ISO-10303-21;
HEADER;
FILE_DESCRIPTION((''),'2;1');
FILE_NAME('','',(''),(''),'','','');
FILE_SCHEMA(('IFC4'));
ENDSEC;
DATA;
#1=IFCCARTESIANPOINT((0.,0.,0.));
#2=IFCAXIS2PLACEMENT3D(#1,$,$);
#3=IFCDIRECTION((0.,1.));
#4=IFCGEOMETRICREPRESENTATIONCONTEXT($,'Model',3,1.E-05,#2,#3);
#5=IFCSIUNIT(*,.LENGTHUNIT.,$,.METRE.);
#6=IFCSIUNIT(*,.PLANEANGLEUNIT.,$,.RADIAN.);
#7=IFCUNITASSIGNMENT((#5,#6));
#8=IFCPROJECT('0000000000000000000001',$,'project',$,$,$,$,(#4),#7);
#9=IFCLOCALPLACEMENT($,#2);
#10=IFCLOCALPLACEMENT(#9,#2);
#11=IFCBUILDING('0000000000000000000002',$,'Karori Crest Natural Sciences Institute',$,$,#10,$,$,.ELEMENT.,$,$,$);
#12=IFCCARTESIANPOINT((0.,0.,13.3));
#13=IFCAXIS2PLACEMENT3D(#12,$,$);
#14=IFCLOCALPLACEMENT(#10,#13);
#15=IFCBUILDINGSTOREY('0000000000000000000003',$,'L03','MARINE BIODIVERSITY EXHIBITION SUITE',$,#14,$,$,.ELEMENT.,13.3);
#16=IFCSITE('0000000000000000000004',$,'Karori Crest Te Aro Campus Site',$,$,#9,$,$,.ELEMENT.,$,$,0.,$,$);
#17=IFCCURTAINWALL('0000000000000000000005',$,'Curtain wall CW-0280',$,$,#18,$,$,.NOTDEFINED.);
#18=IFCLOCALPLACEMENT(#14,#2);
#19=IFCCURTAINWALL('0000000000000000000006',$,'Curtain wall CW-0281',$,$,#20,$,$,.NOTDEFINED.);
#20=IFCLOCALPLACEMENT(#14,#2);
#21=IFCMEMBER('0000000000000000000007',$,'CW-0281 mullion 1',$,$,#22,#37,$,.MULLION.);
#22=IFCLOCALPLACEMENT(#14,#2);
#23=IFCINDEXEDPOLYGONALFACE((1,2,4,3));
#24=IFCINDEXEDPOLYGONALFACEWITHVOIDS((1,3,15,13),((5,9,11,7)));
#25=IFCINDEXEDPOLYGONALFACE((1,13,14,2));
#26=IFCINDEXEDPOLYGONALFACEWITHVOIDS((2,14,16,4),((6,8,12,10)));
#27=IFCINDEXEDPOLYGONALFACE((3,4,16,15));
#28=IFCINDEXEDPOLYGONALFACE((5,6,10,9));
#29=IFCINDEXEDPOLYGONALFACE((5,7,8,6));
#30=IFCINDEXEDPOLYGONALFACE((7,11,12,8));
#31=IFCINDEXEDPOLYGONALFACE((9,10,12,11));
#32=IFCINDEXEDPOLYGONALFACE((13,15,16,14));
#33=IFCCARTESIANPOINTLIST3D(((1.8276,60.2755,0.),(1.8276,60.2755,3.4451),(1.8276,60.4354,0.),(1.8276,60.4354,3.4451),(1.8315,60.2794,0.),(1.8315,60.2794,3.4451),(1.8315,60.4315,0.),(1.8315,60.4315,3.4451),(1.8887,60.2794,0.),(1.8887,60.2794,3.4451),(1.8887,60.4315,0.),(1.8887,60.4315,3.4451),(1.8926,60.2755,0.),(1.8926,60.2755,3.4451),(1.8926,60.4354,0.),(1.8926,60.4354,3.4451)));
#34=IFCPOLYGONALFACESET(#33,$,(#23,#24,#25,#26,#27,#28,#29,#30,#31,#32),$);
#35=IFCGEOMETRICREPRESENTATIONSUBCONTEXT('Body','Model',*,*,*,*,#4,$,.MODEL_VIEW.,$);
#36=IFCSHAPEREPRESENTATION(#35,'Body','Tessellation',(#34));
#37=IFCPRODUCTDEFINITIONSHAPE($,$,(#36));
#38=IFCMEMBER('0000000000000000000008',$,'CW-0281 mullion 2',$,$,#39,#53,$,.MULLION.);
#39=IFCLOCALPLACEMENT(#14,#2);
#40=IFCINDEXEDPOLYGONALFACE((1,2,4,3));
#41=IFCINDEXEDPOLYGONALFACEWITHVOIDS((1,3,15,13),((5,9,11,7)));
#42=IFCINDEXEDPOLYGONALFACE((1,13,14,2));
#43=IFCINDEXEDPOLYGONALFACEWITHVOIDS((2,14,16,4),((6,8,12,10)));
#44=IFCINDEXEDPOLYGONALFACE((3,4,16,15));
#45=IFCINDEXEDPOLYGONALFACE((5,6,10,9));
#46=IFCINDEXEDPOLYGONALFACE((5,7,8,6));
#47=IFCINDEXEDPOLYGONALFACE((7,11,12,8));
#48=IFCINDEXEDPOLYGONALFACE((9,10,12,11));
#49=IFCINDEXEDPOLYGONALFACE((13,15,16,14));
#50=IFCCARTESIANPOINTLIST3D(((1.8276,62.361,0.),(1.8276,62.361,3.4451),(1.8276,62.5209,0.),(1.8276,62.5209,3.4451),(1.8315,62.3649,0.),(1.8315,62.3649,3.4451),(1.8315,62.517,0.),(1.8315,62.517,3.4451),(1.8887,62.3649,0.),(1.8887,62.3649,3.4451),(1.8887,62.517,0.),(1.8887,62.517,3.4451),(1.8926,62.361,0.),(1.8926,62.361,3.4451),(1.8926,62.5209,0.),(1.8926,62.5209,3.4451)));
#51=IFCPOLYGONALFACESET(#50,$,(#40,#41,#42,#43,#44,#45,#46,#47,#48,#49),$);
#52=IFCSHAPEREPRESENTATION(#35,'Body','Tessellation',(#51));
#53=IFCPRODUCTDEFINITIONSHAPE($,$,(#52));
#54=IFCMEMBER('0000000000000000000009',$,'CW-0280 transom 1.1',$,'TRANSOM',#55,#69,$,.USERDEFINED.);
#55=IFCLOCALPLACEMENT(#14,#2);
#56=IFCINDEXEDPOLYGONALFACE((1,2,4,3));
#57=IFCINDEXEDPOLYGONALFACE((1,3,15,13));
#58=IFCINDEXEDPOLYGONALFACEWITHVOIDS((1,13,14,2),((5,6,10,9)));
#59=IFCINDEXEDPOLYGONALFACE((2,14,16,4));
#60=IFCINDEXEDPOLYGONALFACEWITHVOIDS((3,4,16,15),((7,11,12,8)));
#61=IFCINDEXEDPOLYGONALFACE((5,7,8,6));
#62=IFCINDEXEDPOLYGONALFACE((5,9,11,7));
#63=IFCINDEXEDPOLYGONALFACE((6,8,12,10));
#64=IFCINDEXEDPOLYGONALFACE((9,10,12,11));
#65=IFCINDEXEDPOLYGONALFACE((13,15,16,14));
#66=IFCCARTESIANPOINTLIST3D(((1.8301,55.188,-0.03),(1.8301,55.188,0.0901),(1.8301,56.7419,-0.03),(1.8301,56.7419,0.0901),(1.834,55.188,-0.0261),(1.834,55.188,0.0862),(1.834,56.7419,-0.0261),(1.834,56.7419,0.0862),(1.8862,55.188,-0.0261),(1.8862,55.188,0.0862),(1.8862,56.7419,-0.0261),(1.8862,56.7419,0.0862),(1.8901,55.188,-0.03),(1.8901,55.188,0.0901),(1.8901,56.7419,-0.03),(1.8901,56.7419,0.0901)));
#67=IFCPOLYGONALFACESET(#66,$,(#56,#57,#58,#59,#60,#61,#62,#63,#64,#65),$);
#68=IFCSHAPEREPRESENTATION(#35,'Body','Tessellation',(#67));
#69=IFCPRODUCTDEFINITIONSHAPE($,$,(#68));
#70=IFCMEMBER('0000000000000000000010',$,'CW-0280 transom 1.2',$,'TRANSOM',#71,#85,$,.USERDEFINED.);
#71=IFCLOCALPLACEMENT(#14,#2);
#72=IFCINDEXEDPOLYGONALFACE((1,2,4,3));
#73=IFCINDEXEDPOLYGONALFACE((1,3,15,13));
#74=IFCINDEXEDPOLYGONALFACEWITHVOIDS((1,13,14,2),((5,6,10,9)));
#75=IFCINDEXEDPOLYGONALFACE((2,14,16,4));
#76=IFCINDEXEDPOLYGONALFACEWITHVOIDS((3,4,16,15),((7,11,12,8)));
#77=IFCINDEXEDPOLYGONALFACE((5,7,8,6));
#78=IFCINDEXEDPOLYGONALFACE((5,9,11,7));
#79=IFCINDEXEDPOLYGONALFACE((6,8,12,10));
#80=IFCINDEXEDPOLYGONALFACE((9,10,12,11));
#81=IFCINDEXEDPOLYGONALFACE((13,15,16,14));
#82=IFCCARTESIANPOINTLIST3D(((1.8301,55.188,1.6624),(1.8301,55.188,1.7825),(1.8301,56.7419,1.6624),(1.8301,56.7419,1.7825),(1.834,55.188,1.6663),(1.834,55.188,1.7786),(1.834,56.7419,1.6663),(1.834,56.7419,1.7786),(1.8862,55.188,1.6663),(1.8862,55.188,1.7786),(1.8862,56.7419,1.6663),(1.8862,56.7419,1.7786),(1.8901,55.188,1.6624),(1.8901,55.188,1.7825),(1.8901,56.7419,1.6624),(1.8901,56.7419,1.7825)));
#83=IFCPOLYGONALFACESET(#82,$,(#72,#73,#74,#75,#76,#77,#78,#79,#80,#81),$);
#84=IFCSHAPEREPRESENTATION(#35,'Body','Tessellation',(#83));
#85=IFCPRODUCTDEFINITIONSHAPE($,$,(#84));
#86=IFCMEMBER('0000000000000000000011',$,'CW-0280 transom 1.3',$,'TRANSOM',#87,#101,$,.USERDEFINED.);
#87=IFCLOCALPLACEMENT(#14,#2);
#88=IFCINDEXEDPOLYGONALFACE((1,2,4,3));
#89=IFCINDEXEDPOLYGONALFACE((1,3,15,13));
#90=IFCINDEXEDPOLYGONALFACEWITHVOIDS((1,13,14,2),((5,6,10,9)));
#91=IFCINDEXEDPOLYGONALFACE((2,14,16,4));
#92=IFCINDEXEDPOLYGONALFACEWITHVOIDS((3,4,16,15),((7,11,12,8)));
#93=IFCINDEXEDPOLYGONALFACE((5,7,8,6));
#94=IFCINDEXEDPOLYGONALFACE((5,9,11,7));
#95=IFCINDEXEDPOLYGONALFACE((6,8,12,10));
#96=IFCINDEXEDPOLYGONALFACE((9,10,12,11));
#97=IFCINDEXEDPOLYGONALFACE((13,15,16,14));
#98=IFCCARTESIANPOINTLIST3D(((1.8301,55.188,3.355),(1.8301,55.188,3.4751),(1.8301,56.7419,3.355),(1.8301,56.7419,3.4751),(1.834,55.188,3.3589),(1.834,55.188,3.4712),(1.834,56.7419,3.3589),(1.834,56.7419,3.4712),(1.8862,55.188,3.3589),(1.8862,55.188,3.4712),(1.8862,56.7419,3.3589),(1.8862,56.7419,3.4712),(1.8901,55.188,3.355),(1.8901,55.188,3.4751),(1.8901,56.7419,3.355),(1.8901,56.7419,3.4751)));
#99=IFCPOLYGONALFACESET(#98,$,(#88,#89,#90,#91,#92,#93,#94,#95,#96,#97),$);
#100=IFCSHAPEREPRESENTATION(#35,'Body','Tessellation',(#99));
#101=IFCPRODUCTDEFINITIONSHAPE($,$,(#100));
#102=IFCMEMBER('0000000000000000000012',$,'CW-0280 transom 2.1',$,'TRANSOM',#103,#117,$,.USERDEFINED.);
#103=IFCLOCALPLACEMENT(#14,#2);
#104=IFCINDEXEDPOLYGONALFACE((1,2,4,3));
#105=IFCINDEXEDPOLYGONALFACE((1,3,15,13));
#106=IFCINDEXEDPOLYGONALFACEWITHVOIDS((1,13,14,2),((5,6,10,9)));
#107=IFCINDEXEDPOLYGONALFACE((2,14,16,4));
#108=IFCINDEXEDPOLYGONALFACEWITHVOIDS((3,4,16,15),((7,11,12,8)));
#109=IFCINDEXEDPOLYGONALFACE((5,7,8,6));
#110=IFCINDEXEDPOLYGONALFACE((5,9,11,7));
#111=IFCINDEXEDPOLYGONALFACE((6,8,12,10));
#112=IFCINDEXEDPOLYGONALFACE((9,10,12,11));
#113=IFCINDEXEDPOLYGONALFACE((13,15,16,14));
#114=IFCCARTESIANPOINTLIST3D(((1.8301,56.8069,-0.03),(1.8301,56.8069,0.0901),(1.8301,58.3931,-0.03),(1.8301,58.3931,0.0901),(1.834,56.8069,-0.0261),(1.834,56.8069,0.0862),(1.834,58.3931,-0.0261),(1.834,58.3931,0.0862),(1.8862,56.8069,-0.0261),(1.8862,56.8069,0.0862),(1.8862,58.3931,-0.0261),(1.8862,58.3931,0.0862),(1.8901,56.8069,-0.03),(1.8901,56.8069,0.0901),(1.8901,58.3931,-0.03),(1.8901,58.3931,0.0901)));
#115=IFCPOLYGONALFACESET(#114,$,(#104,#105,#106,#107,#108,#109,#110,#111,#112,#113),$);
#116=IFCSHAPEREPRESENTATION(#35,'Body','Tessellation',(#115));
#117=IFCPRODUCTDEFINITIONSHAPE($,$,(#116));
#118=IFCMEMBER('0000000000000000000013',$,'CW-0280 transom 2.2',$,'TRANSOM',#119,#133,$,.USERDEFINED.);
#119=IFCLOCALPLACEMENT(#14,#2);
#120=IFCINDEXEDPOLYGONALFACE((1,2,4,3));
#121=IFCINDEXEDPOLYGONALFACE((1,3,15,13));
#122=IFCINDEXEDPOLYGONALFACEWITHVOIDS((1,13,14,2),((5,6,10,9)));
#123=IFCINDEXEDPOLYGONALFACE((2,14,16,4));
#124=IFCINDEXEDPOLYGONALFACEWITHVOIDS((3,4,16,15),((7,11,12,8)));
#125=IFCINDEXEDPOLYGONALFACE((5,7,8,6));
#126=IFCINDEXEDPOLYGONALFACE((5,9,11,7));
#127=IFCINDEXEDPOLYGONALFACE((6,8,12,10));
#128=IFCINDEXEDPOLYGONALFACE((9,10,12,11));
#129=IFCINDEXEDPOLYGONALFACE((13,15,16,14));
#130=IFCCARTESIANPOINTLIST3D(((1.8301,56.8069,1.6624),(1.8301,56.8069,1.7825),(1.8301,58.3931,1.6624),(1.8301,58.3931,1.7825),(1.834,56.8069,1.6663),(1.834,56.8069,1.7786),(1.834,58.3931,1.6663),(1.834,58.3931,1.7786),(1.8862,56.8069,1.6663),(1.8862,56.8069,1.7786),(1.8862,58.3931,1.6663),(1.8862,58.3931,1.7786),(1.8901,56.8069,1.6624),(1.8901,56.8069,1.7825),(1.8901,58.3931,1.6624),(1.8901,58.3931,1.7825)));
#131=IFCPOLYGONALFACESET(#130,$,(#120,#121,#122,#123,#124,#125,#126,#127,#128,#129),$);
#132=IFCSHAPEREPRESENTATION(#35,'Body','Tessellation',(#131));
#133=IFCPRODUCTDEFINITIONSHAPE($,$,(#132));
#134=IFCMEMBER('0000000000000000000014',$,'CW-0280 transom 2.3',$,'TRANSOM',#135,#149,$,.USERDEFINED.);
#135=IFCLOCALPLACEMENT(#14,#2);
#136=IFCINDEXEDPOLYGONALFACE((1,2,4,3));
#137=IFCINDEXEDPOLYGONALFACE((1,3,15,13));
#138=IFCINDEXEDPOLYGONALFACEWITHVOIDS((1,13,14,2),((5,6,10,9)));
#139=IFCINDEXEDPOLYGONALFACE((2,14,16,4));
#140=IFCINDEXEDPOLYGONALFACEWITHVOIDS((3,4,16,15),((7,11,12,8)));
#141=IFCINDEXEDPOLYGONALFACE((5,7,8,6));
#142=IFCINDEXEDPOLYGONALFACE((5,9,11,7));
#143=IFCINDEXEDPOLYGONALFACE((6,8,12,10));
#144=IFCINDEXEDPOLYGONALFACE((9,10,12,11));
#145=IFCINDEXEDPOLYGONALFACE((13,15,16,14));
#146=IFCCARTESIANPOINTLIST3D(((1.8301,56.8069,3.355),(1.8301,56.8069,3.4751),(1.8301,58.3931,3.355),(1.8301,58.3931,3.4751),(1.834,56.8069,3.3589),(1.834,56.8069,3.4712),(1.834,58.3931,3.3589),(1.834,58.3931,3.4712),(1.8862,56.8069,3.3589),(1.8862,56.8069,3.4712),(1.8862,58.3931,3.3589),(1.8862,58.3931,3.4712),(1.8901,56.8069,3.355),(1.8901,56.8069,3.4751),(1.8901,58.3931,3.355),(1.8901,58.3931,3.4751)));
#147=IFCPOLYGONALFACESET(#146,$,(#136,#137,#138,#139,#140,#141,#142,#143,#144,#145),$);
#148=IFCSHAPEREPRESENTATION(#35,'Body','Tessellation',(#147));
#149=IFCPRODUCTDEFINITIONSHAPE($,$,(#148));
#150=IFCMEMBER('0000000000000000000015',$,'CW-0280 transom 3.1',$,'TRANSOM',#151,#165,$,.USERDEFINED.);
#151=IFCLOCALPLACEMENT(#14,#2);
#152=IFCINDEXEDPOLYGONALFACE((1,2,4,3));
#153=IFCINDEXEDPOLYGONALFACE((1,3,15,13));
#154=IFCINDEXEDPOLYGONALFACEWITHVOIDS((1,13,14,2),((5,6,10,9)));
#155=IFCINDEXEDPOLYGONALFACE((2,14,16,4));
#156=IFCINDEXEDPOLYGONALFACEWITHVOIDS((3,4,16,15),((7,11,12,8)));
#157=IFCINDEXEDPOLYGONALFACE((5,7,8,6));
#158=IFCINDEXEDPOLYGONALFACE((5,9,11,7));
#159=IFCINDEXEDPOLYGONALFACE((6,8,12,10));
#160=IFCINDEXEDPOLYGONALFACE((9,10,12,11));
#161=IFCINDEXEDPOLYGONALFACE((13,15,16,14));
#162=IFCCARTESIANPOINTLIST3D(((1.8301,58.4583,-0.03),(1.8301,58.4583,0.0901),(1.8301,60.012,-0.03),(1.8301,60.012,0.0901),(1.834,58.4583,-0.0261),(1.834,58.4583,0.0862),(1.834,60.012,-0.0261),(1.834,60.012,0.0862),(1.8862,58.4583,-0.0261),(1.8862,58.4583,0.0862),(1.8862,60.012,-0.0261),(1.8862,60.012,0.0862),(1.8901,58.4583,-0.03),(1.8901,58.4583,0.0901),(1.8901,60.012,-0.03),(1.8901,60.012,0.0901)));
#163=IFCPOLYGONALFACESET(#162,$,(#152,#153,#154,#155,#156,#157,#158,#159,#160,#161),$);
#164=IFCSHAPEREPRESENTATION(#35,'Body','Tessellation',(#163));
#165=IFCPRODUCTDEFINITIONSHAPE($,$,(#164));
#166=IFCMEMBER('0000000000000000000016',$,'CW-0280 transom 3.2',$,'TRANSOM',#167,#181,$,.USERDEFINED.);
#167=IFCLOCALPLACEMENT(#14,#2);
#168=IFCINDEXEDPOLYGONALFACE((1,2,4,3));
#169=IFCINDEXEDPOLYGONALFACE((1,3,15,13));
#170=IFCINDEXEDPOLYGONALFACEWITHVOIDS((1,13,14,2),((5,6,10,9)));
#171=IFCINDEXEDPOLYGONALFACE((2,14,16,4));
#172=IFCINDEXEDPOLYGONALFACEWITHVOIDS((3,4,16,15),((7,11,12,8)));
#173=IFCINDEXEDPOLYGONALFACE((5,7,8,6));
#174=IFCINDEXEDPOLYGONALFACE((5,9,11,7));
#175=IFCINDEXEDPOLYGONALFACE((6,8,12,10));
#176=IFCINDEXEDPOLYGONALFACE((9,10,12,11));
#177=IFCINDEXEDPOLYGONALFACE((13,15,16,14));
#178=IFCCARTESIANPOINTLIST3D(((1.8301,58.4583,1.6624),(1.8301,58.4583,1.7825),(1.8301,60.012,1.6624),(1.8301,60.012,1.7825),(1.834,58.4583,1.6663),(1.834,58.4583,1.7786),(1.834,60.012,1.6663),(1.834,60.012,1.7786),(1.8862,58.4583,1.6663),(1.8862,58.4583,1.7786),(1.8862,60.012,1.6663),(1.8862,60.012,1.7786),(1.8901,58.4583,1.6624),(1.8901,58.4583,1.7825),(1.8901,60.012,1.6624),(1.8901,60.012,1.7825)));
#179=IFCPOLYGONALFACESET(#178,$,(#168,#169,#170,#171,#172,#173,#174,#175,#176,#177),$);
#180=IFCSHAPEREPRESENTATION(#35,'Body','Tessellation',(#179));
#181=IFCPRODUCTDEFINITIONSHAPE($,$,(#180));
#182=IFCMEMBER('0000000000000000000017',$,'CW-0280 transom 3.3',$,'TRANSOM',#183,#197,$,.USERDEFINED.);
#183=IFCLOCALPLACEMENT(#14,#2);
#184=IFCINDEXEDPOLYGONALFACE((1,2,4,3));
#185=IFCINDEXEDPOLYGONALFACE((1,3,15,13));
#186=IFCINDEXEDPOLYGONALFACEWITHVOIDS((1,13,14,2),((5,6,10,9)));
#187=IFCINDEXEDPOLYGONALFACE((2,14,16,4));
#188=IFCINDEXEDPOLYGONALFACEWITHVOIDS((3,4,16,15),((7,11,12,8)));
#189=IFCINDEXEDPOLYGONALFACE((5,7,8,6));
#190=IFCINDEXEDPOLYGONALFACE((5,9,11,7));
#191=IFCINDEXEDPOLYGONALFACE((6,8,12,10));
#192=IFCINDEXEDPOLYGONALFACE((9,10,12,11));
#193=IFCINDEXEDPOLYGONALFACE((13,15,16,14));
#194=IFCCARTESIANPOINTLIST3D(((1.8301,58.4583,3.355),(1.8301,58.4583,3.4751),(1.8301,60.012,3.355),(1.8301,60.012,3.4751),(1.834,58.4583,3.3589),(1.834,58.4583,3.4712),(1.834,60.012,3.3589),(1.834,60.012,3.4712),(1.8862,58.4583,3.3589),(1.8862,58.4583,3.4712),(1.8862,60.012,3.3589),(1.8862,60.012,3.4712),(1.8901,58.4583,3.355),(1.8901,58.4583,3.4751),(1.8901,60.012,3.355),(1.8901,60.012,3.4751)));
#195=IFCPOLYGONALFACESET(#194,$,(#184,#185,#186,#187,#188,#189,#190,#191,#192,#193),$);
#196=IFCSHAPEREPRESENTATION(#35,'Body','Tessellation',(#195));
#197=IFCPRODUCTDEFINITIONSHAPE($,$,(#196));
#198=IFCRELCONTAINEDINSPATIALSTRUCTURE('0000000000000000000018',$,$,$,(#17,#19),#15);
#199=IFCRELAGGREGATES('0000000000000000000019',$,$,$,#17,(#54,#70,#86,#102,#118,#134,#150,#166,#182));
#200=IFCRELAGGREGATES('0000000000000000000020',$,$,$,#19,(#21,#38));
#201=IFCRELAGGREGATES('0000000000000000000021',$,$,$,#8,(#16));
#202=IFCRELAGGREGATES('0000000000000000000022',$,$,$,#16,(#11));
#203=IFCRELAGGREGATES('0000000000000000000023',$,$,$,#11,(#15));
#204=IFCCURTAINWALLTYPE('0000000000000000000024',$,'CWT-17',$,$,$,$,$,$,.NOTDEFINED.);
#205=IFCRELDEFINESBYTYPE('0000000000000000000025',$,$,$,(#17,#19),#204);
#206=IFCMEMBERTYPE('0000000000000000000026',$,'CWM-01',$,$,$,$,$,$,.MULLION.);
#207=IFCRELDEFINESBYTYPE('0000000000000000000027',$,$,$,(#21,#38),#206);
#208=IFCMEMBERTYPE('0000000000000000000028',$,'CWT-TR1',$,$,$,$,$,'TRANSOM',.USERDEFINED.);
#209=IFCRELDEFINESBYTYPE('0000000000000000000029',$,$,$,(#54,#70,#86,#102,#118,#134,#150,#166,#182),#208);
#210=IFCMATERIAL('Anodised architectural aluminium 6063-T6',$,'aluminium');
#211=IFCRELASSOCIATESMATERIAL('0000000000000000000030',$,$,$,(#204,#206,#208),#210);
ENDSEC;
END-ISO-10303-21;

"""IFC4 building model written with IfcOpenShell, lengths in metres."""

from ifc_helpers import new_model, si_unit, direction, frame, origin, origin_2d, place, context, subcontext, project, spatial, hollow_rectangle, extrude, material, material_profile, profile_set, type_object, element, aggregate, save


model = new_model("IFC4")

# Units and contexts
model_context = context("Model", 3, precision=1e-05, world=origin(), true_north=direction((0.0, 1.0)))
body_context = subcontext(model_context, "Body", "Model", "MODEL_VIEW")
ifc_project = project(units=[si_unit("LENGTHUNIT", "METRE"), si_unit("PLANEANGLEUNIT", "RADIAN")], contexts=[model_context])

# Site, building, storey
site_placement = place(None, origin())
site = spatial("IfcSite", under=ifc_project, at=site_placement, Name="Karori Crest Te Aro Campus Site", CompositionType="ELEMENT", RefElevation=0.0)
building_placement = place(site_placement, origin())
building = spatial("IfcBuilding", under=site, at=building_placement, Name="Karori Crest Natural Sciences Institute", CompositionType="ELEMENT")
storey_placement = place(building_placement, frame((0.0, 0.0, 13.3)))
storey = spatial("IfcBuildingStorey", under=building, at=storey_placement, Name="L03", Description="MARINE BIODIVERSITY EXHIBITION SUITE", CompositionType="ELEMENT", Elevation=13.3)

# Curtain walls, members
ifc_material_1 = material(Name="Anodised architectural aluminium 6063-T6", Category="aluminium")
curtain_wall_type = type_object("IfcCurtainWallType", Name="CWT-17", PredefinedType="NOTDEFINED", material=ifc_material_1)
curtain_wall_1_placement = place(storey_placement, origin())
curtain_wall_1 = element("IfcCurtainWall", 1, at=curtain_wall_1_placement, inside=storey, type_object=curtain_wall_type, Name="Curtain wall CW-0280", PredefinedType="NOTDEFINED")
ifc_material_profile_1 = material_profile(ifc_material_1, hollow_rectangle(XDim=0.0649, YDim=0.1599, WallThickness=0.0039, at=origin_2d()), Name="CWM160x65x4")
ifc_profile_set_1 = profile_set([ifc_material_profile_1], Name="Anodised architectural aluminium 6063-T6")
member_type_1 = type_object("IfcMemberType", Name="CWM-01", PredefinedType="MULLION", material=ifc_profile_set_1)
curtain_wall_2_placement = place(storey_placement, origin())
curtain_wall_2 = element("IfcCurtainWall", 2, at=curtain_wall_2_placement, inside=storey, type_object=curtain_wall_type, Name="Curtain wall CW-0281", PredefinedType="NOTDEFINED")
member_1_placement = place(storey_placement, frame((1.8601, 60.3555, 0.0), z_axis=(0.0, 0.0, 1.0), x_axis=(-1.0, 0.0, 0.0)))
member_1 = element("IfcMember", 3, at=member_1_placement, type_object=member_type_1, Name="CW-0281 mullion 1", PredefinedType="MULLION", context=body_context, shape_type="SweptSolid", body=[
    extrude(hollow_rectangle(XDim=0.0649, YDim=0.1599, WallThickness=0.0039, at=origin_2d()), origin(), (0.0, 0.0, 1.0), 3.4451),
])
member_2_placement = place(storey_placement, frame((1.8601, 62.4409, 0.0), z_axis=(0.0, 0.0, 1.0), x_axis=(-1.0, 0.0, 0.0)))
member_2 = element("IfcMember", 4, at=member_2_placement, type_object=member_type_1, Name="CW-0281 mullion 2", PredefinedType="MULLION", context=body_context, shape_type="SweptSolid", body=[
    extrude(hollow_rectangle(XDim=0.0649, YDim=0.1599, WallThickness=0.0039, at=origin_2d()), origin(), (0.0, 0.0, 1.0), 3.4451),
])

# Members
ifc_material_profile_2 = material_profile(ifc_material_1, hollow_rectangle(XDim=0.0601, YDim=0.1201, WallThickness=0.0039, at=origin_2d()), Name="CWT120x60x4")
ifc_profile_set_2 = profile_set([ifc_material_profile_2], Name="Anodised architectural aluminium 6063-T6")
member_type_2 = type_object("IfcMemberType", Name="CWT-TR1", ElementType="TRANSOM", PredefinedType="USERDEFINED", material=ifc_profile_set_2)
member_3_placement = place(storey_placement, frame((1.8601, 55.188, 0.03), z_axis=(0.0, 1.0, 0.0), x_axis=(-1.0, 0.0, 0.0)))
member_3 = element("IfcMember", 5, at=member_3_placement, type_object=member_type_2, Name="CW-0280 transom 1.1", ObjectType="TRANSOM", PredefinedType="USERDEFINED", context=body_context, shape_type="SweptSolid", body=[
    extrude(hollow_rectangle(XDim=0.0601, YDim=0.1201, WallThickness=0.0039, at=origin_2d()), origin(), (0.0, 0.0, 1.0), 1.554),
])
member_4_placement = place(storey_placement, frame((1.8601, 55.188, 1.7224), z_axis=(0.0, 1.0, 0.0), x_axis=(-1.0, 0.0, 0.0)))
member_4 = element("IfcMember", 6, at=member_4_placement, type_object=member_type_2, Name="CW-0280 transom 1.2", ObjectType="TRANSOM", PredefinedType="USERDEFINED", context=body_context, shape_type="SweptSolid", body=[
    extrude(hollow_rectangle(XDim=0.0601, YDim=0.1201, WallThickness=0.0039, at=origin_2d()), origin(), (0.0, 0.0, 1.0), 1.554),
])
member_5_placement = place(storey_placement, frame((1.8601, 55.188, 3.415), z_axis=(0.0, 1.0, 0.0), x_axis=(-1.0, 0.0, 0.0)))
member_5 = element("IfcMember", 7, at=member_5_placement, type_object=member_type_2, Name="CW-0280 transom 1.3", ObjectType="TRANSOM", PredefinedType="USERDEFINED", context=body_context, shape_type="SweptSolid", body=[
    extrude(hollow_rectangle(XDim=0.0601, YDim=0.1201, WallThickness=0.0039, at=origin_2d()), origin(), (0.0, 0.0, 1.0), 1.554),
])
member_6_placement = place(storey_placement, frame((1.8601, 56.8069, 0.03), z_axis=(0.0, 1.0, 0.0), x_axis=(-1.0, 0.0, 0.0)))
member_6 = element("IfcMember", 8, at=member_6_placement, type_object=member_type_2, Name="CW-0280 transom 2.1", ObjectType="TRANSOM", PredefinedType="USERDEFINED", context=body_context, shape_type="SweptSolid", body=[
    extrude(hollow_rectangle(XDim=0.0601, YDim=0.1201, WallThickness=0.0039, at=origin_2d()), origin(), (0.0, 0.0, 1.0), 1.5862),
])
member_7_placement = place(storey_placement, frame((1.8601, 56.8069, 1.7224), z_axis=(0.0, 1.0, 0.0), x_axis=(-1.0, 0.0, 0.0)))
member_7 = element("IfcMember", 9, at=member_7_placement, type_object=member_type_2, Name="CW-0280 transom 2.2", ObjectType="TRANSOM", PredefinedType="USERDEFINED", context=body_context, shape_type="SweptSolid", body=[
    extrude(hollow_rectangle(XDim=0.0601, YDim=0.1201, WallThickness=0.0039, at=origin_2d()), origin(), (0.0, 0.0, 1.0), 1.5862),
])
member_8_placement = place(storey_placement, frame((1.8601, 56.8069, 3.415), z_axis=(0.0, 1.0, 0.0), x_axis=(-1.0, 0.0, 0.0)))
member_8 = element("IfcMember", 10, at=member_8_placement, type_object=member_type_2, Name="CW-0280 transom 2.3", ObjectType="TRANSOM", PredefinedType="USERDEFINED", context=body_context, shape_type="SweptSolid", body=[
    extrude(hollow_rectangle(XDim=0.0601, YDim=0.1201, WallThickness=0.0039, at=origin_2d()), origin(), (0.0, 0.0, 1.0), 1.5862),
])
member_9_placement = place(storey_placement, frame((1.8601, 58.4583, 0.03), z_axis=(0.0, 1.0, 0.0), x_axis=(-1.0, 0.0, 0.0)))
member_9 = element("IfcMember", 11, at=member_9_placement, type_object=member_type_2, Name="CW-0280 transom 3.1", ObjectType="TRANSOM", PredefinedType="USERDEFINED", context=body_context, shape_type="SweptSolid", body=[
    extrude(hollow_rectangle(XDim=0.0601, YDim=0.1201, WallThickness=0.0039, at=origin_2d()), origin(), (0.0, 0.0, 1.0), 1.5537),
])
member_10_placement = place(storey_placement, frame((1.8601, 58.4583, 1.7224), z_axis=(0.0, 1.0, 0.0), x_axis=(-1.0, 0.0, 0.0)))
member_10 = element("IfcMember", 12, at=member_10_placement, type_object=member_type_2, Name="CW-0280 transom 3.2", ObjectType="TRANSOM", PredefinedType="USERDEFINED", context=body_context, shape_type="SweptSolid", body=[
    extrude(hollow_rectangle(XDim=0.0601, YDim=0.1201, WallThickness=0.0039, at=origin_2d()), origin(), (0.0, 0.0, 1.0), 1.5537),
])
member_11_placement = place(storey_placement, frame((1.8601, 58.4583, 3.415), z_axis=(0.0, 1.0, 0.0), x_axis=(-1.0, 0.0, 0.0)))
member_11 = element("IfcMember", 13, at=member_11_placement, type_object=member_type_2, Name="CW-0280 transom 3.3", ObjectType="TRANSOM", PredefinedType="USERDEFINED", context=body_context, shape_type="SweptSolid", body=[
    extrude(hollow_rectangle(XDim=0.0601, YDim=0.1201, WallThickness=0.0039, at=origin_2d()), origin(), (0.0, 0.0, 1.0), 1.5537),
])

aggregate(curtain_wall_1, [member_3, member_4, member_5, member_6, member_7, member_8, member_9, member_10, member_11])
aggregate(curtain_wall_2, [member_1, member_2])

save(model, "model.ifc")
